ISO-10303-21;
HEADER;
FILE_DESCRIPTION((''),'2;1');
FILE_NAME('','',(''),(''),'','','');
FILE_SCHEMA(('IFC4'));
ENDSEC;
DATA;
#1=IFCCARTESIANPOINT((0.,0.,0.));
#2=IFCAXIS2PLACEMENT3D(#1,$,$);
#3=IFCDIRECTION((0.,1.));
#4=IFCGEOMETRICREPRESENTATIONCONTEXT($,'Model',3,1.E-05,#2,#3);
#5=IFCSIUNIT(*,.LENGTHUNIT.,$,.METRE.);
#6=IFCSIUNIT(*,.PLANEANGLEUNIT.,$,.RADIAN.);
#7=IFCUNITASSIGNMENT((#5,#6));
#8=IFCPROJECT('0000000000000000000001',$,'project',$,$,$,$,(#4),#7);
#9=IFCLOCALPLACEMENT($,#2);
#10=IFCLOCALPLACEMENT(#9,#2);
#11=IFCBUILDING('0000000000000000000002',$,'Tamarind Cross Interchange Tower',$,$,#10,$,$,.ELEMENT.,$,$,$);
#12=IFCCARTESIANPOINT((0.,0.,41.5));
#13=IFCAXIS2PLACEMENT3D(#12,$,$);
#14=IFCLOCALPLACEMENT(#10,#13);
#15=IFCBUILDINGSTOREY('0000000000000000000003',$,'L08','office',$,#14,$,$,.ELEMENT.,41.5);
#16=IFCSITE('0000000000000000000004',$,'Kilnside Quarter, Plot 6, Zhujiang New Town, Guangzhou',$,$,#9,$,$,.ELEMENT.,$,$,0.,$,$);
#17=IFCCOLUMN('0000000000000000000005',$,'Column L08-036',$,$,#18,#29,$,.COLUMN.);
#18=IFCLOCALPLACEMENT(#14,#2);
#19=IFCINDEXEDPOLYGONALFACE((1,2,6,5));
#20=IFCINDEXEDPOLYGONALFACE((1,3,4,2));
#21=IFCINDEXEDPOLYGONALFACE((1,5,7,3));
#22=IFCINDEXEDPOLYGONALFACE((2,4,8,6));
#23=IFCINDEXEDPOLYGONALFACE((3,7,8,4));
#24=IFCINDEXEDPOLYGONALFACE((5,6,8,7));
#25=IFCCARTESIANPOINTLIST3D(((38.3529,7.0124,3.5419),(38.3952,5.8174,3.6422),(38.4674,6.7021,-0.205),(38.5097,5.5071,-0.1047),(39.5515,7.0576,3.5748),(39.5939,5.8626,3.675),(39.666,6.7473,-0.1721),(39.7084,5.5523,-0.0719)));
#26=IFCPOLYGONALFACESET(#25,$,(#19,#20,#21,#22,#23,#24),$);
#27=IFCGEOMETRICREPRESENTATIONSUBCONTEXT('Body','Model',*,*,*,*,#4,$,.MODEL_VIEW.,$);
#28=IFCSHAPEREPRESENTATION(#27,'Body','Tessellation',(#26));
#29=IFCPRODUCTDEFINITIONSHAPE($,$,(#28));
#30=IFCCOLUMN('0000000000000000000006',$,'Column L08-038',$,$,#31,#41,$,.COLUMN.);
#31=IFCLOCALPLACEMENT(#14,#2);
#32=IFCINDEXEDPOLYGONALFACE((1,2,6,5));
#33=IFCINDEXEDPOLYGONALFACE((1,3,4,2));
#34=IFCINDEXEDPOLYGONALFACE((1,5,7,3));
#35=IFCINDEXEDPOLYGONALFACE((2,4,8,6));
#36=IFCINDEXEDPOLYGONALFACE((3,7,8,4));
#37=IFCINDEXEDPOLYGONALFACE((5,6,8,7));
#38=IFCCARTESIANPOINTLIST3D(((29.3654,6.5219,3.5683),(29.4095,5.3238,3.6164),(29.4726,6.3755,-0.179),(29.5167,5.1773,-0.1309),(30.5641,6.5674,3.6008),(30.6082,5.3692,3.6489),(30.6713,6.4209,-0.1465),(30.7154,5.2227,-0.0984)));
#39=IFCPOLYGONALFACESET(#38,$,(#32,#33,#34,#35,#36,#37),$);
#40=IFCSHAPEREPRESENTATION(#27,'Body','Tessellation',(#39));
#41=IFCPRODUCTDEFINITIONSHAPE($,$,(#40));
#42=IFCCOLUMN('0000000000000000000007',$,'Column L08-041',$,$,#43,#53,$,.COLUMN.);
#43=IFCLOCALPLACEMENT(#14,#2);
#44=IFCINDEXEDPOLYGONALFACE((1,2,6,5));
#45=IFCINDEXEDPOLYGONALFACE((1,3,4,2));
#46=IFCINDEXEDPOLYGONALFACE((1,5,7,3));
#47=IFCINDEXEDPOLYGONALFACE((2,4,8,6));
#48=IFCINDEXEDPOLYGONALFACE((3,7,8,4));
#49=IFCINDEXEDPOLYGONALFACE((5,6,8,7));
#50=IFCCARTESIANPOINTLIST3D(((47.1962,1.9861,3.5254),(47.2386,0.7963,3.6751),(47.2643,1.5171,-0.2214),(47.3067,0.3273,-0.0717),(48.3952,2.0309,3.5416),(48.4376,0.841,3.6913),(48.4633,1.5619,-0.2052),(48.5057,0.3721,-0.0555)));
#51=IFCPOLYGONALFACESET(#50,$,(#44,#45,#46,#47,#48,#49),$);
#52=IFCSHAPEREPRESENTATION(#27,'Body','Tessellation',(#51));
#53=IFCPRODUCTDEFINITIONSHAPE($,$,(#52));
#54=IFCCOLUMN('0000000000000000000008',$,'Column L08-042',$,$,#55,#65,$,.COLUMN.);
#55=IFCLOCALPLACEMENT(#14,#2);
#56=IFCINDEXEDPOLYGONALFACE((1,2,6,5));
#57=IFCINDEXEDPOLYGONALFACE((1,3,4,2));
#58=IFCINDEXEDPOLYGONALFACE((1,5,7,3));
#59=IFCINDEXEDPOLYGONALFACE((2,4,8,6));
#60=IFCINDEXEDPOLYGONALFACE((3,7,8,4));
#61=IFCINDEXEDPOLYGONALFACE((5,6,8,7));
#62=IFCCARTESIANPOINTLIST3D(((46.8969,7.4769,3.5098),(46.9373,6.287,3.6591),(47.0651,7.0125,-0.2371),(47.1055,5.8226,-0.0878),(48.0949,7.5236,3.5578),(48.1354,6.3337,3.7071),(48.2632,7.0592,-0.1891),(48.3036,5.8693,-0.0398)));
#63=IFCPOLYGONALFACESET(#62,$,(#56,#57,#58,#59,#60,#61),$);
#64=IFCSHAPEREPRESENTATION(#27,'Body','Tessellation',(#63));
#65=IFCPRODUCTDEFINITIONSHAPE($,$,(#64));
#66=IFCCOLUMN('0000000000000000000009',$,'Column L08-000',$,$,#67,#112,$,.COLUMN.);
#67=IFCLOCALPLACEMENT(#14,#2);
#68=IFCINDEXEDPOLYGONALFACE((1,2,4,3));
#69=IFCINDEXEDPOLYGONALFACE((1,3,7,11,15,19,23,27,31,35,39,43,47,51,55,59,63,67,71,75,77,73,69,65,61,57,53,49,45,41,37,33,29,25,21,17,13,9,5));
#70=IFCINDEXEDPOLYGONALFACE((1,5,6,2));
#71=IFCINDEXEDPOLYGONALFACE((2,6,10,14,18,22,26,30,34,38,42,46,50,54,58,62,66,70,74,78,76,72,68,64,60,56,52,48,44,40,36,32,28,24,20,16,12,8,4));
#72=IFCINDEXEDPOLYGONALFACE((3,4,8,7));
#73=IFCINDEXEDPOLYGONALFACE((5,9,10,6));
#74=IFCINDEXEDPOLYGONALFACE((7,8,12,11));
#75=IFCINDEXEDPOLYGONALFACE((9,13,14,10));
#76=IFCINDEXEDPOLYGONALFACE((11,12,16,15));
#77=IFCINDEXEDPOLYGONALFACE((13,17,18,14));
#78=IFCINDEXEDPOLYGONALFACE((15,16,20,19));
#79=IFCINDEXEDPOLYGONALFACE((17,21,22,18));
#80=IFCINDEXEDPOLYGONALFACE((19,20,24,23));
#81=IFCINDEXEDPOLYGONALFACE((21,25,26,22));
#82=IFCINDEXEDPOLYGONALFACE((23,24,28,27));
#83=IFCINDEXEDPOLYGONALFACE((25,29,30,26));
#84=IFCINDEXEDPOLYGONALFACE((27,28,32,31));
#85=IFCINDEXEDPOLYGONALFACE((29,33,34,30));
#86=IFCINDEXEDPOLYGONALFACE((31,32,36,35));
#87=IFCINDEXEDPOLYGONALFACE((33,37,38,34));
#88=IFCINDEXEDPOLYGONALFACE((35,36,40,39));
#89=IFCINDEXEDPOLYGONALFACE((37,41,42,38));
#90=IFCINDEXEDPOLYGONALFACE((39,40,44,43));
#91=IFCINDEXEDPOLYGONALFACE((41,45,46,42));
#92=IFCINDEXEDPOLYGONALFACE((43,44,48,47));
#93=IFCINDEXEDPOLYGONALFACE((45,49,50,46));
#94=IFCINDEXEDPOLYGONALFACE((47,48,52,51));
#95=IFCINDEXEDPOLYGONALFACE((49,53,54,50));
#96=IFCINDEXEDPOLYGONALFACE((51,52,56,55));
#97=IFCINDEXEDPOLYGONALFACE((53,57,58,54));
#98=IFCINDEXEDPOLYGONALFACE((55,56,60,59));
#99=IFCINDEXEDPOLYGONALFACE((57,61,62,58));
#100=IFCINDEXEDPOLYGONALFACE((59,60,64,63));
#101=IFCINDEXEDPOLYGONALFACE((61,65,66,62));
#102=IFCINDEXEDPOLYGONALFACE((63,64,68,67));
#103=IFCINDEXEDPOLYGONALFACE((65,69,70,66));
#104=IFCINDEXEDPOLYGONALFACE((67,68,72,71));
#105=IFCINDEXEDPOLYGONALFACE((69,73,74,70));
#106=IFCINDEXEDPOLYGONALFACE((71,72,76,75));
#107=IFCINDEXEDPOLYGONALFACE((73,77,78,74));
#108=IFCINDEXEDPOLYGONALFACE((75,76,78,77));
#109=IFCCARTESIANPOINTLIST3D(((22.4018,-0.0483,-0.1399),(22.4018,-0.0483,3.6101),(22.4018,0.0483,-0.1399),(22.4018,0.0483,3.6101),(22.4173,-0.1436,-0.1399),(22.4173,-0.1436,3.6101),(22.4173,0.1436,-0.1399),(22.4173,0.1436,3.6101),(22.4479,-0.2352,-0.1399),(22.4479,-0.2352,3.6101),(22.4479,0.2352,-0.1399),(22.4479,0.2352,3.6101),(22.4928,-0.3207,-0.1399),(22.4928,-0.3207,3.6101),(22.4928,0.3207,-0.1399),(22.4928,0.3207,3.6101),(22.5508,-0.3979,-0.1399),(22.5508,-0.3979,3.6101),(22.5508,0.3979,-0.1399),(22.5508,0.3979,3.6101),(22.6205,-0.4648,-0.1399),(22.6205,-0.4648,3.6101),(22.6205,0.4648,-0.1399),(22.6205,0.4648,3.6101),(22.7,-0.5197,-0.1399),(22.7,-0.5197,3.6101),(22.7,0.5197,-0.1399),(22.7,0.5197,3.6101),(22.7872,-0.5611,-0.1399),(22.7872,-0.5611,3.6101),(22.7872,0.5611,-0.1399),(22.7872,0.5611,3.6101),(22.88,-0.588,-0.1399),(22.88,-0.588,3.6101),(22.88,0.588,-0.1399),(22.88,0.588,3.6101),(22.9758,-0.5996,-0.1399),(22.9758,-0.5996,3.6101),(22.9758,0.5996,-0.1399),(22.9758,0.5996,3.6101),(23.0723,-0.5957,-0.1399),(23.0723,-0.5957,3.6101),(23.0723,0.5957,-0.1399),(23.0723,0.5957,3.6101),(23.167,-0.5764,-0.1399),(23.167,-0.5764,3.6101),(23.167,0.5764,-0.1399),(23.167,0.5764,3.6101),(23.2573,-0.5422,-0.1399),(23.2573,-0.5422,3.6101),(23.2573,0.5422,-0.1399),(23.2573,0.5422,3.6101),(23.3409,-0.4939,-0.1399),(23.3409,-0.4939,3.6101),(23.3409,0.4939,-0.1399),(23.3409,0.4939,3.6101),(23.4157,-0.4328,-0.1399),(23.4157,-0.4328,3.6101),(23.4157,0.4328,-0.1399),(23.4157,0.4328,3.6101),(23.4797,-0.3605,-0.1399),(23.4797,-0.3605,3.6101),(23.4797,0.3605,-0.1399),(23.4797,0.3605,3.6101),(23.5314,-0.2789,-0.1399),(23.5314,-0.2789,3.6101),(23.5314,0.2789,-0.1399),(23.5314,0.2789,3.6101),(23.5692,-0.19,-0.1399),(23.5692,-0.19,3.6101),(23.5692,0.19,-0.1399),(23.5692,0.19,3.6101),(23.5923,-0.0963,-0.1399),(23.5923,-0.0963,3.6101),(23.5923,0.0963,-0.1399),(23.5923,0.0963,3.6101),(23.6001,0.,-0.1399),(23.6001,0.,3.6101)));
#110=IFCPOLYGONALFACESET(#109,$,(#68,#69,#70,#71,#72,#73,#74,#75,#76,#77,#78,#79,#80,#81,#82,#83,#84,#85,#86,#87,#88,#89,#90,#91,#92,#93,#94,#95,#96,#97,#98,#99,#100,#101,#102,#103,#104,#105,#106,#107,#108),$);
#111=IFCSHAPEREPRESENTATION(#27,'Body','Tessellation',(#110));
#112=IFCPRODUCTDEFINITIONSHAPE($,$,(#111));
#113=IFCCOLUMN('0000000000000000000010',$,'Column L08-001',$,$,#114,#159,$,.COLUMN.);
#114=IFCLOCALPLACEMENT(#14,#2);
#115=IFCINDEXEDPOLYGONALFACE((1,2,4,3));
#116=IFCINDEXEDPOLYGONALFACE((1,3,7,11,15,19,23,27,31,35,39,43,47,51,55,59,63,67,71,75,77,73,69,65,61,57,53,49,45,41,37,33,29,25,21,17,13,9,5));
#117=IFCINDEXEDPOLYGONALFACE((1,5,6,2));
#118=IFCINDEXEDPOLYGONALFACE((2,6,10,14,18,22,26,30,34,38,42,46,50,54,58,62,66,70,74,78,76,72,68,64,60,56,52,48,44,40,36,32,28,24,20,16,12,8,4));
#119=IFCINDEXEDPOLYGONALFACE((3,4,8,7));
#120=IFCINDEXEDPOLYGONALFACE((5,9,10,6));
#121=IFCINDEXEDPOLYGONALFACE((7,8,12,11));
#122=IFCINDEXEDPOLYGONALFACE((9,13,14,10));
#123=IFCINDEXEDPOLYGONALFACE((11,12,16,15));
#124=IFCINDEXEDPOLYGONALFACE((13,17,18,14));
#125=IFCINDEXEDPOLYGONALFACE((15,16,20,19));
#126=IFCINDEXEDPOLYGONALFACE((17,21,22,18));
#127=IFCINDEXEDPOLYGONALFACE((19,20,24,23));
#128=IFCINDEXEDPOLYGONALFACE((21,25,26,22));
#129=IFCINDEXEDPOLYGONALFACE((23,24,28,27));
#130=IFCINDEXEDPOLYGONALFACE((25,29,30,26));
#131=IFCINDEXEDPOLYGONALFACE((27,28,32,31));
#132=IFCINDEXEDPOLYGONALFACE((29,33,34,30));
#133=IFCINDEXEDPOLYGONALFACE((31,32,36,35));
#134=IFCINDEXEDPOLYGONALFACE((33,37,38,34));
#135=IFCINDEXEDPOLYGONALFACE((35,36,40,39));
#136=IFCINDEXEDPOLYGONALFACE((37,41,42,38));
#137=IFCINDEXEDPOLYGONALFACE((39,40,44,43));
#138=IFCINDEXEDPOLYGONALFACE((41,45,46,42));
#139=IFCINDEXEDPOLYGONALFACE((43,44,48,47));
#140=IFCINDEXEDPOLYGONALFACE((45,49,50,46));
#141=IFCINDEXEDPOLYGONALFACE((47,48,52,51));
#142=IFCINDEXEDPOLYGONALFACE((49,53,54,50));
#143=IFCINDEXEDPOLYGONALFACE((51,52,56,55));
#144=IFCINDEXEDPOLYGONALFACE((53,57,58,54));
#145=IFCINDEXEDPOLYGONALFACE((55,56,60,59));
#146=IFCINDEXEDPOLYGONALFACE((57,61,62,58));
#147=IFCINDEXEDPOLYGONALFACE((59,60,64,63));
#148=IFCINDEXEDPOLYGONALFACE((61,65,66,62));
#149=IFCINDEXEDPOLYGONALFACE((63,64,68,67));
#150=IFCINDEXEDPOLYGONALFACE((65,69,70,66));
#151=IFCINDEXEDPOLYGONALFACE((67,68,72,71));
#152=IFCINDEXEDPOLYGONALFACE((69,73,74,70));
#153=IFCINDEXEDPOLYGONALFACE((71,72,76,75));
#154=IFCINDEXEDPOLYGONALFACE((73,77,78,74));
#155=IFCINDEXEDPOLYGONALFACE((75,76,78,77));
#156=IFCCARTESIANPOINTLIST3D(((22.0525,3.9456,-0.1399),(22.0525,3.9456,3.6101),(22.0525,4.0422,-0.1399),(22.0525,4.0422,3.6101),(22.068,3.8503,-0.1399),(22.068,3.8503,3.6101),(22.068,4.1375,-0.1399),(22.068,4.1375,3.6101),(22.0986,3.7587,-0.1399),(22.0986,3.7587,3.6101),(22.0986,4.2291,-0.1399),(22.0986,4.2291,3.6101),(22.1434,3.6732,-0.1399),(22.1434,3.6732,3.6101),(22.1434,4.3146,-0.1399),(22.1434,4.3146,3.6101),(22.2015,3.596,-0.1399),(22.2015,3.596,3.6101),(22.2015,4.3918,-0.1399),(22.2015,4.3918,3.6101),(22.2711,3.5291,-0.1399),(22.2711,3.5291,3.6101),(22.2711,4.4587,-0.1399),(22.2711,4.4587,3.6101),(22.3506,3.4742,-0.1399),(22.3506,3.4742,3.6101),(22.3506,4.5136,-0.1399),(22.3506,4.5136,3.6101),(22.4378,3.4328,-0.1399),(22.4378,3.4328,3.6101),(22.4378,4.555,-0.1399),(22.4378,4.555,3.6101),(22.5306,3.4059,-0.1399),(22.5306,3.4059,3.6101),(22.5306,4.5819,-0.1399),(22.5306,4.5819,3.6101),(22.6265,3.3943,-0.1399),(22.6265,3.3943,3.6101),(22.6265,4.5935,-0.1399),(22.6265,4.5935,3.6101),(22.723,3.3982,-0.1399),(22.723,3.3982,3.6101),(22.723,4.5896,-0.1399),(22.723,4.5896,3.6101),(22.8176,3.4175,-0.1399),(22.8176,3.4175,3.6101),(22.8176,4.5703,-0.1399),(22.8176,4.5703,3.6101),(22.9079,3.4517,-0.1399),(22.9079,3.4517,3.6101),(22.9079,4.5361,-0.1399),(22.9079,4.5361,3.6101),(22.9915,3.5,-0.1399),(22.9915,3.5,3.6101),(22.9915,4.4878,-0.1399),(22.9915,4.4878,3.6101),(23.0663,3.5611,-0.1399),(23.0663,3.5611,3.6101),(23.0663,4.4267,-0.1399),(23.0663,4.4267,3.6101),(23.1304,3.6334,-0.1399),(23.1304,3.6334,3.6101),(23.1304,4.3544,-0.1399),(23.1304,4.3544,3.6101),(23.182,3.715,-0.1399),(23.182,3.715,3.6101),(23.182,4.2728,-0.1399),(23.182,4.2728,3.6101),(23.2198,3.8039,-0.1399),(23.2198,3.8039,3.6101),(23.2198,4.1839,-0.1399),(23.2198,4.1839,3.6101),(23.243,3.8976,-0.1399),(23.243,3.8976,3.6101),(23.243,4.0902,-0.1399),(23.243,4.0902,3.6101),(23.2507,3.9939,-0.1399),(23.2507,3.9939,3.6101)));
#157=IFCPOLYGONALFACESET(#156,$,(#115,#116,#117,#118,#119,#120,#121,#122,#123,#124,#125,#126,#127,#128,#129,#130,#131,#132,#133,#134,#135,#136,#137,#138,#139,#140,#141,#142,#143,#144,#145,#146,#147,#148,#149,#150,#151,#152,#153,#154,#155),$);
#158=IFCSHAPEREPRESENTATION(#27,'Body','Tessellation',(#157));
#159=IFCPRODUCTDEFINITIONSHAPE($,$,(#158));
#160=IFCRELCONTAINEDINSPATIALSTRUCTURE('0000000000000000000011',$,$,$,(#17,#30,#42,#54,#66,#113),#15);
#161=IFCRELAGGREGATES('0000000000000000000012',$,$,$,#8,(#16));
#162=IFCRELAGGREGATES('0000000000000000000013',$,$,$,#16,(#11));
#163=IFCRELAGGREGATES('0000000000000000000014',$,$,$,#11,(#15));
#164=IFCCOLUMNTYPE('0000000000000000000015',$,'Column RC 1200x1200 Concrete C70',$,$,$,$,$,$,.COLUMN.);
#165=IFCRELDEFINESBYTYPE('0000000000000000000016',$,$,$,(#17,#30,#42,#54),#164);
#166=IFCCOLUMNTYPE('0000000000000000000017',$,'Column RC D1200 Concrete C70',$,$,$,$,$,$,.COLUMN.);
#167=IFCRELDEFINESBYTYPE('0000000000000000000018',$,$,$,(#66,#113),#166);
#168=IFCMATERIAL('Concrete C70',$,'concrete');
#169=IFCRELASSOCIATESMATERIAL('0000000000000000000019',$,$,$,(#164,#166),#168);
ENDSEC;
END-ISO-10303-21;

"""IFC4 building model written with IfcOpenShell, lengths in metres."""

from ifc_helpers import new_model, si_unit, direction, frame, origin, origin_2d, place, context, subcontext, project, spatial, rectangle, circle, extrude, material, material_profile, profile_set, type_object, element, save


model = new_model("IFC4")

# Units and contexts
model_context = context("Model", 3, precision=1e-05, world=origin(), true_north=direction((0.0, 1.0)))
body_context = subcontext(model_context, "Body", "Model", "MODEL_VIEW")
ifc_project = project(units=[si_unit("LENGTHUNIT", "METRE"), si_unit("PLANEANGLEUNIT", "RADIAN")], contexts=[model_context])

# Site, building, storey
site_placement = place(None, origin())
site = spatial("IfcSite", under=ifc_project, at=site_placement, Name="Kilnside Quarter, Plot 6, Zhujiang New Town, Guangzhou", CompositionType="ELEMENT", RefElevation=0.0)
building_placement = place(site_placement, origin())
building = spatial("IfcBuilding", under=site, at=building_placement, Name="Tamarind Cross Interchange Tower", CompositionType="ELEMENT")
storey_placement = place(building_placement, frame((0.0, 0.0, 41.5)))
storey = spatial("IfcBuildingStorey", under=building, at=storey_placement, Name="L08", Description="office", CompositionType="ELEMENT", Elevation=41.5)

# Columns
ifc_material_1 = material(Name="Concrete C70", Category="concrete")
ifc_material_profile_1 = material_profile(ifc_material_1, rectangle(XDim=1.2, YDim=1.2, at=origin_2d()), Name="RC 1200x1200")
ifc_profile_set_1 = profile_set([ifc_material_profile_1], Name="Concrete C70")
column_type_1 = type_object("IfcColumnType", Name="Column RC 1200x1200 Concrete C70", PredefinedType="COLUMN", material=ifc_profile_set_1)
column_1_placement = place(storey_placement, frame((39.0879, 6.1272, -0.1384), z_axis=(-0.030441, 0.082497, 0.996126), x_axis=(0.035287, -0.995878, 0.083554)))
element("IfcColumn", 1, at=column_1_placement, inside=storey, type_object=column_type_1, Name="Column L08-036", PredefinedType="COLUMN", context=body_context, shape_type="SweptSolid", body=[
    extrude(rectangle(XDim=1.2, YDim=1.2, at=origin_2d()), origin(), (0.0, 0.0, 1.0), 3.7615),
])
column_2_placement = place(storey_placement, frame((30.094, 5.7991, -0.1387), z_axis=(-0.028568, 0.039045, 0.998829), x_axis=(0.036748, -0.99852, 0.040084)))
element("IfcColumn", 2, at=column_2_placement, inside=storey, type_object=column_type_1, Name="Column L08-038", PredefinedType="COLUMN", context=body_context, shape_type="SweptSolid", body=[
    extrude(rectangle(XDim=1.2, YDim=1.2, at=origin_2d()), origin(), (0.0, 0.0, 1.0), 3.7517),
])
column_3_placement = place(storey_placement, frame((47.885, 0.9446, -0.1384), z_axis=(-0.018036, 0.124182, 0.992096), x_axis=(0.035343, -0.991558, 0.124757)))
element("IfcColumn", 3, at=column_3_placement, inside=storey, type_object=column_type_1, Name="Column L08-041", PredefinedType="COLUMN", context=body_context, shape_type="SweptSolid", body=[
    extrude(rectangle(XDim=1.2, YDim=1.2, at=origin_2d()), origin(), (0.0, 0.0, 1.0), 3.7766),
])
column_4_placement = place(storey_placement, frame((47.6843, 6.4409, -0.1384), z_axis=(-0.04451, 0.12287, 0.991424), x_axis=(0.033684, -0.991659, 0.124412)))
element("IfcColumn", 4, at=column_4_placement, inside=storey, type_object=column_type_1, Name="Column L08-042", PredefinedType="COLUMN", context=body_context, shape_type="SweptSolid", body=[
    extrude(rectangle(XDim=1.2, YDim=1.2, at=origin_2d()), origin(), (0.0, 0.0, 1.0), 3.7793),
])
ifc_material_profile_2 = material_profile(ifc_material_1, circle(Radius=0.6001, at=origin_2d()), Name="RC D1200")
ifc_profile_set_2 = profile_set([ifc_material_profile_2], Name="Concrete C70")
column_type_2 = type_object("IfcColumnType", Name="Column RC D1200 Concrete C70", PredefinedType="COLUMN", material=ifc_profile_set_2)
for number, where, z_axis, x_axis, name in (
    (5, (23.0, 0.0, -0.1399), (0.0, 0.0, 1.0), (1.0, 0.0, 0.0), "Column L08-000"),
    (6, (22.6506, 3.9939, -0.1399), (0.0, 0.0, 1.0), (1.0, 0.0, 0.0), "Column L08-001"),
):
    element("IfcColumn", number, at=place(storey_placement, frame(where, z_axis=z_axis, x_axis=x_axis)), inside=storey, type_object=column_type_2, Name=name, PredefinedType="COLUMN", context=body_context, shape_type="SweptSolid", body=[
        extrude(circle(Radius=0.6001, at=origin_2d()), origin(), (0.0, 0.0, 1.0), 3.75),
    ])

save(model, "model.ifc")
